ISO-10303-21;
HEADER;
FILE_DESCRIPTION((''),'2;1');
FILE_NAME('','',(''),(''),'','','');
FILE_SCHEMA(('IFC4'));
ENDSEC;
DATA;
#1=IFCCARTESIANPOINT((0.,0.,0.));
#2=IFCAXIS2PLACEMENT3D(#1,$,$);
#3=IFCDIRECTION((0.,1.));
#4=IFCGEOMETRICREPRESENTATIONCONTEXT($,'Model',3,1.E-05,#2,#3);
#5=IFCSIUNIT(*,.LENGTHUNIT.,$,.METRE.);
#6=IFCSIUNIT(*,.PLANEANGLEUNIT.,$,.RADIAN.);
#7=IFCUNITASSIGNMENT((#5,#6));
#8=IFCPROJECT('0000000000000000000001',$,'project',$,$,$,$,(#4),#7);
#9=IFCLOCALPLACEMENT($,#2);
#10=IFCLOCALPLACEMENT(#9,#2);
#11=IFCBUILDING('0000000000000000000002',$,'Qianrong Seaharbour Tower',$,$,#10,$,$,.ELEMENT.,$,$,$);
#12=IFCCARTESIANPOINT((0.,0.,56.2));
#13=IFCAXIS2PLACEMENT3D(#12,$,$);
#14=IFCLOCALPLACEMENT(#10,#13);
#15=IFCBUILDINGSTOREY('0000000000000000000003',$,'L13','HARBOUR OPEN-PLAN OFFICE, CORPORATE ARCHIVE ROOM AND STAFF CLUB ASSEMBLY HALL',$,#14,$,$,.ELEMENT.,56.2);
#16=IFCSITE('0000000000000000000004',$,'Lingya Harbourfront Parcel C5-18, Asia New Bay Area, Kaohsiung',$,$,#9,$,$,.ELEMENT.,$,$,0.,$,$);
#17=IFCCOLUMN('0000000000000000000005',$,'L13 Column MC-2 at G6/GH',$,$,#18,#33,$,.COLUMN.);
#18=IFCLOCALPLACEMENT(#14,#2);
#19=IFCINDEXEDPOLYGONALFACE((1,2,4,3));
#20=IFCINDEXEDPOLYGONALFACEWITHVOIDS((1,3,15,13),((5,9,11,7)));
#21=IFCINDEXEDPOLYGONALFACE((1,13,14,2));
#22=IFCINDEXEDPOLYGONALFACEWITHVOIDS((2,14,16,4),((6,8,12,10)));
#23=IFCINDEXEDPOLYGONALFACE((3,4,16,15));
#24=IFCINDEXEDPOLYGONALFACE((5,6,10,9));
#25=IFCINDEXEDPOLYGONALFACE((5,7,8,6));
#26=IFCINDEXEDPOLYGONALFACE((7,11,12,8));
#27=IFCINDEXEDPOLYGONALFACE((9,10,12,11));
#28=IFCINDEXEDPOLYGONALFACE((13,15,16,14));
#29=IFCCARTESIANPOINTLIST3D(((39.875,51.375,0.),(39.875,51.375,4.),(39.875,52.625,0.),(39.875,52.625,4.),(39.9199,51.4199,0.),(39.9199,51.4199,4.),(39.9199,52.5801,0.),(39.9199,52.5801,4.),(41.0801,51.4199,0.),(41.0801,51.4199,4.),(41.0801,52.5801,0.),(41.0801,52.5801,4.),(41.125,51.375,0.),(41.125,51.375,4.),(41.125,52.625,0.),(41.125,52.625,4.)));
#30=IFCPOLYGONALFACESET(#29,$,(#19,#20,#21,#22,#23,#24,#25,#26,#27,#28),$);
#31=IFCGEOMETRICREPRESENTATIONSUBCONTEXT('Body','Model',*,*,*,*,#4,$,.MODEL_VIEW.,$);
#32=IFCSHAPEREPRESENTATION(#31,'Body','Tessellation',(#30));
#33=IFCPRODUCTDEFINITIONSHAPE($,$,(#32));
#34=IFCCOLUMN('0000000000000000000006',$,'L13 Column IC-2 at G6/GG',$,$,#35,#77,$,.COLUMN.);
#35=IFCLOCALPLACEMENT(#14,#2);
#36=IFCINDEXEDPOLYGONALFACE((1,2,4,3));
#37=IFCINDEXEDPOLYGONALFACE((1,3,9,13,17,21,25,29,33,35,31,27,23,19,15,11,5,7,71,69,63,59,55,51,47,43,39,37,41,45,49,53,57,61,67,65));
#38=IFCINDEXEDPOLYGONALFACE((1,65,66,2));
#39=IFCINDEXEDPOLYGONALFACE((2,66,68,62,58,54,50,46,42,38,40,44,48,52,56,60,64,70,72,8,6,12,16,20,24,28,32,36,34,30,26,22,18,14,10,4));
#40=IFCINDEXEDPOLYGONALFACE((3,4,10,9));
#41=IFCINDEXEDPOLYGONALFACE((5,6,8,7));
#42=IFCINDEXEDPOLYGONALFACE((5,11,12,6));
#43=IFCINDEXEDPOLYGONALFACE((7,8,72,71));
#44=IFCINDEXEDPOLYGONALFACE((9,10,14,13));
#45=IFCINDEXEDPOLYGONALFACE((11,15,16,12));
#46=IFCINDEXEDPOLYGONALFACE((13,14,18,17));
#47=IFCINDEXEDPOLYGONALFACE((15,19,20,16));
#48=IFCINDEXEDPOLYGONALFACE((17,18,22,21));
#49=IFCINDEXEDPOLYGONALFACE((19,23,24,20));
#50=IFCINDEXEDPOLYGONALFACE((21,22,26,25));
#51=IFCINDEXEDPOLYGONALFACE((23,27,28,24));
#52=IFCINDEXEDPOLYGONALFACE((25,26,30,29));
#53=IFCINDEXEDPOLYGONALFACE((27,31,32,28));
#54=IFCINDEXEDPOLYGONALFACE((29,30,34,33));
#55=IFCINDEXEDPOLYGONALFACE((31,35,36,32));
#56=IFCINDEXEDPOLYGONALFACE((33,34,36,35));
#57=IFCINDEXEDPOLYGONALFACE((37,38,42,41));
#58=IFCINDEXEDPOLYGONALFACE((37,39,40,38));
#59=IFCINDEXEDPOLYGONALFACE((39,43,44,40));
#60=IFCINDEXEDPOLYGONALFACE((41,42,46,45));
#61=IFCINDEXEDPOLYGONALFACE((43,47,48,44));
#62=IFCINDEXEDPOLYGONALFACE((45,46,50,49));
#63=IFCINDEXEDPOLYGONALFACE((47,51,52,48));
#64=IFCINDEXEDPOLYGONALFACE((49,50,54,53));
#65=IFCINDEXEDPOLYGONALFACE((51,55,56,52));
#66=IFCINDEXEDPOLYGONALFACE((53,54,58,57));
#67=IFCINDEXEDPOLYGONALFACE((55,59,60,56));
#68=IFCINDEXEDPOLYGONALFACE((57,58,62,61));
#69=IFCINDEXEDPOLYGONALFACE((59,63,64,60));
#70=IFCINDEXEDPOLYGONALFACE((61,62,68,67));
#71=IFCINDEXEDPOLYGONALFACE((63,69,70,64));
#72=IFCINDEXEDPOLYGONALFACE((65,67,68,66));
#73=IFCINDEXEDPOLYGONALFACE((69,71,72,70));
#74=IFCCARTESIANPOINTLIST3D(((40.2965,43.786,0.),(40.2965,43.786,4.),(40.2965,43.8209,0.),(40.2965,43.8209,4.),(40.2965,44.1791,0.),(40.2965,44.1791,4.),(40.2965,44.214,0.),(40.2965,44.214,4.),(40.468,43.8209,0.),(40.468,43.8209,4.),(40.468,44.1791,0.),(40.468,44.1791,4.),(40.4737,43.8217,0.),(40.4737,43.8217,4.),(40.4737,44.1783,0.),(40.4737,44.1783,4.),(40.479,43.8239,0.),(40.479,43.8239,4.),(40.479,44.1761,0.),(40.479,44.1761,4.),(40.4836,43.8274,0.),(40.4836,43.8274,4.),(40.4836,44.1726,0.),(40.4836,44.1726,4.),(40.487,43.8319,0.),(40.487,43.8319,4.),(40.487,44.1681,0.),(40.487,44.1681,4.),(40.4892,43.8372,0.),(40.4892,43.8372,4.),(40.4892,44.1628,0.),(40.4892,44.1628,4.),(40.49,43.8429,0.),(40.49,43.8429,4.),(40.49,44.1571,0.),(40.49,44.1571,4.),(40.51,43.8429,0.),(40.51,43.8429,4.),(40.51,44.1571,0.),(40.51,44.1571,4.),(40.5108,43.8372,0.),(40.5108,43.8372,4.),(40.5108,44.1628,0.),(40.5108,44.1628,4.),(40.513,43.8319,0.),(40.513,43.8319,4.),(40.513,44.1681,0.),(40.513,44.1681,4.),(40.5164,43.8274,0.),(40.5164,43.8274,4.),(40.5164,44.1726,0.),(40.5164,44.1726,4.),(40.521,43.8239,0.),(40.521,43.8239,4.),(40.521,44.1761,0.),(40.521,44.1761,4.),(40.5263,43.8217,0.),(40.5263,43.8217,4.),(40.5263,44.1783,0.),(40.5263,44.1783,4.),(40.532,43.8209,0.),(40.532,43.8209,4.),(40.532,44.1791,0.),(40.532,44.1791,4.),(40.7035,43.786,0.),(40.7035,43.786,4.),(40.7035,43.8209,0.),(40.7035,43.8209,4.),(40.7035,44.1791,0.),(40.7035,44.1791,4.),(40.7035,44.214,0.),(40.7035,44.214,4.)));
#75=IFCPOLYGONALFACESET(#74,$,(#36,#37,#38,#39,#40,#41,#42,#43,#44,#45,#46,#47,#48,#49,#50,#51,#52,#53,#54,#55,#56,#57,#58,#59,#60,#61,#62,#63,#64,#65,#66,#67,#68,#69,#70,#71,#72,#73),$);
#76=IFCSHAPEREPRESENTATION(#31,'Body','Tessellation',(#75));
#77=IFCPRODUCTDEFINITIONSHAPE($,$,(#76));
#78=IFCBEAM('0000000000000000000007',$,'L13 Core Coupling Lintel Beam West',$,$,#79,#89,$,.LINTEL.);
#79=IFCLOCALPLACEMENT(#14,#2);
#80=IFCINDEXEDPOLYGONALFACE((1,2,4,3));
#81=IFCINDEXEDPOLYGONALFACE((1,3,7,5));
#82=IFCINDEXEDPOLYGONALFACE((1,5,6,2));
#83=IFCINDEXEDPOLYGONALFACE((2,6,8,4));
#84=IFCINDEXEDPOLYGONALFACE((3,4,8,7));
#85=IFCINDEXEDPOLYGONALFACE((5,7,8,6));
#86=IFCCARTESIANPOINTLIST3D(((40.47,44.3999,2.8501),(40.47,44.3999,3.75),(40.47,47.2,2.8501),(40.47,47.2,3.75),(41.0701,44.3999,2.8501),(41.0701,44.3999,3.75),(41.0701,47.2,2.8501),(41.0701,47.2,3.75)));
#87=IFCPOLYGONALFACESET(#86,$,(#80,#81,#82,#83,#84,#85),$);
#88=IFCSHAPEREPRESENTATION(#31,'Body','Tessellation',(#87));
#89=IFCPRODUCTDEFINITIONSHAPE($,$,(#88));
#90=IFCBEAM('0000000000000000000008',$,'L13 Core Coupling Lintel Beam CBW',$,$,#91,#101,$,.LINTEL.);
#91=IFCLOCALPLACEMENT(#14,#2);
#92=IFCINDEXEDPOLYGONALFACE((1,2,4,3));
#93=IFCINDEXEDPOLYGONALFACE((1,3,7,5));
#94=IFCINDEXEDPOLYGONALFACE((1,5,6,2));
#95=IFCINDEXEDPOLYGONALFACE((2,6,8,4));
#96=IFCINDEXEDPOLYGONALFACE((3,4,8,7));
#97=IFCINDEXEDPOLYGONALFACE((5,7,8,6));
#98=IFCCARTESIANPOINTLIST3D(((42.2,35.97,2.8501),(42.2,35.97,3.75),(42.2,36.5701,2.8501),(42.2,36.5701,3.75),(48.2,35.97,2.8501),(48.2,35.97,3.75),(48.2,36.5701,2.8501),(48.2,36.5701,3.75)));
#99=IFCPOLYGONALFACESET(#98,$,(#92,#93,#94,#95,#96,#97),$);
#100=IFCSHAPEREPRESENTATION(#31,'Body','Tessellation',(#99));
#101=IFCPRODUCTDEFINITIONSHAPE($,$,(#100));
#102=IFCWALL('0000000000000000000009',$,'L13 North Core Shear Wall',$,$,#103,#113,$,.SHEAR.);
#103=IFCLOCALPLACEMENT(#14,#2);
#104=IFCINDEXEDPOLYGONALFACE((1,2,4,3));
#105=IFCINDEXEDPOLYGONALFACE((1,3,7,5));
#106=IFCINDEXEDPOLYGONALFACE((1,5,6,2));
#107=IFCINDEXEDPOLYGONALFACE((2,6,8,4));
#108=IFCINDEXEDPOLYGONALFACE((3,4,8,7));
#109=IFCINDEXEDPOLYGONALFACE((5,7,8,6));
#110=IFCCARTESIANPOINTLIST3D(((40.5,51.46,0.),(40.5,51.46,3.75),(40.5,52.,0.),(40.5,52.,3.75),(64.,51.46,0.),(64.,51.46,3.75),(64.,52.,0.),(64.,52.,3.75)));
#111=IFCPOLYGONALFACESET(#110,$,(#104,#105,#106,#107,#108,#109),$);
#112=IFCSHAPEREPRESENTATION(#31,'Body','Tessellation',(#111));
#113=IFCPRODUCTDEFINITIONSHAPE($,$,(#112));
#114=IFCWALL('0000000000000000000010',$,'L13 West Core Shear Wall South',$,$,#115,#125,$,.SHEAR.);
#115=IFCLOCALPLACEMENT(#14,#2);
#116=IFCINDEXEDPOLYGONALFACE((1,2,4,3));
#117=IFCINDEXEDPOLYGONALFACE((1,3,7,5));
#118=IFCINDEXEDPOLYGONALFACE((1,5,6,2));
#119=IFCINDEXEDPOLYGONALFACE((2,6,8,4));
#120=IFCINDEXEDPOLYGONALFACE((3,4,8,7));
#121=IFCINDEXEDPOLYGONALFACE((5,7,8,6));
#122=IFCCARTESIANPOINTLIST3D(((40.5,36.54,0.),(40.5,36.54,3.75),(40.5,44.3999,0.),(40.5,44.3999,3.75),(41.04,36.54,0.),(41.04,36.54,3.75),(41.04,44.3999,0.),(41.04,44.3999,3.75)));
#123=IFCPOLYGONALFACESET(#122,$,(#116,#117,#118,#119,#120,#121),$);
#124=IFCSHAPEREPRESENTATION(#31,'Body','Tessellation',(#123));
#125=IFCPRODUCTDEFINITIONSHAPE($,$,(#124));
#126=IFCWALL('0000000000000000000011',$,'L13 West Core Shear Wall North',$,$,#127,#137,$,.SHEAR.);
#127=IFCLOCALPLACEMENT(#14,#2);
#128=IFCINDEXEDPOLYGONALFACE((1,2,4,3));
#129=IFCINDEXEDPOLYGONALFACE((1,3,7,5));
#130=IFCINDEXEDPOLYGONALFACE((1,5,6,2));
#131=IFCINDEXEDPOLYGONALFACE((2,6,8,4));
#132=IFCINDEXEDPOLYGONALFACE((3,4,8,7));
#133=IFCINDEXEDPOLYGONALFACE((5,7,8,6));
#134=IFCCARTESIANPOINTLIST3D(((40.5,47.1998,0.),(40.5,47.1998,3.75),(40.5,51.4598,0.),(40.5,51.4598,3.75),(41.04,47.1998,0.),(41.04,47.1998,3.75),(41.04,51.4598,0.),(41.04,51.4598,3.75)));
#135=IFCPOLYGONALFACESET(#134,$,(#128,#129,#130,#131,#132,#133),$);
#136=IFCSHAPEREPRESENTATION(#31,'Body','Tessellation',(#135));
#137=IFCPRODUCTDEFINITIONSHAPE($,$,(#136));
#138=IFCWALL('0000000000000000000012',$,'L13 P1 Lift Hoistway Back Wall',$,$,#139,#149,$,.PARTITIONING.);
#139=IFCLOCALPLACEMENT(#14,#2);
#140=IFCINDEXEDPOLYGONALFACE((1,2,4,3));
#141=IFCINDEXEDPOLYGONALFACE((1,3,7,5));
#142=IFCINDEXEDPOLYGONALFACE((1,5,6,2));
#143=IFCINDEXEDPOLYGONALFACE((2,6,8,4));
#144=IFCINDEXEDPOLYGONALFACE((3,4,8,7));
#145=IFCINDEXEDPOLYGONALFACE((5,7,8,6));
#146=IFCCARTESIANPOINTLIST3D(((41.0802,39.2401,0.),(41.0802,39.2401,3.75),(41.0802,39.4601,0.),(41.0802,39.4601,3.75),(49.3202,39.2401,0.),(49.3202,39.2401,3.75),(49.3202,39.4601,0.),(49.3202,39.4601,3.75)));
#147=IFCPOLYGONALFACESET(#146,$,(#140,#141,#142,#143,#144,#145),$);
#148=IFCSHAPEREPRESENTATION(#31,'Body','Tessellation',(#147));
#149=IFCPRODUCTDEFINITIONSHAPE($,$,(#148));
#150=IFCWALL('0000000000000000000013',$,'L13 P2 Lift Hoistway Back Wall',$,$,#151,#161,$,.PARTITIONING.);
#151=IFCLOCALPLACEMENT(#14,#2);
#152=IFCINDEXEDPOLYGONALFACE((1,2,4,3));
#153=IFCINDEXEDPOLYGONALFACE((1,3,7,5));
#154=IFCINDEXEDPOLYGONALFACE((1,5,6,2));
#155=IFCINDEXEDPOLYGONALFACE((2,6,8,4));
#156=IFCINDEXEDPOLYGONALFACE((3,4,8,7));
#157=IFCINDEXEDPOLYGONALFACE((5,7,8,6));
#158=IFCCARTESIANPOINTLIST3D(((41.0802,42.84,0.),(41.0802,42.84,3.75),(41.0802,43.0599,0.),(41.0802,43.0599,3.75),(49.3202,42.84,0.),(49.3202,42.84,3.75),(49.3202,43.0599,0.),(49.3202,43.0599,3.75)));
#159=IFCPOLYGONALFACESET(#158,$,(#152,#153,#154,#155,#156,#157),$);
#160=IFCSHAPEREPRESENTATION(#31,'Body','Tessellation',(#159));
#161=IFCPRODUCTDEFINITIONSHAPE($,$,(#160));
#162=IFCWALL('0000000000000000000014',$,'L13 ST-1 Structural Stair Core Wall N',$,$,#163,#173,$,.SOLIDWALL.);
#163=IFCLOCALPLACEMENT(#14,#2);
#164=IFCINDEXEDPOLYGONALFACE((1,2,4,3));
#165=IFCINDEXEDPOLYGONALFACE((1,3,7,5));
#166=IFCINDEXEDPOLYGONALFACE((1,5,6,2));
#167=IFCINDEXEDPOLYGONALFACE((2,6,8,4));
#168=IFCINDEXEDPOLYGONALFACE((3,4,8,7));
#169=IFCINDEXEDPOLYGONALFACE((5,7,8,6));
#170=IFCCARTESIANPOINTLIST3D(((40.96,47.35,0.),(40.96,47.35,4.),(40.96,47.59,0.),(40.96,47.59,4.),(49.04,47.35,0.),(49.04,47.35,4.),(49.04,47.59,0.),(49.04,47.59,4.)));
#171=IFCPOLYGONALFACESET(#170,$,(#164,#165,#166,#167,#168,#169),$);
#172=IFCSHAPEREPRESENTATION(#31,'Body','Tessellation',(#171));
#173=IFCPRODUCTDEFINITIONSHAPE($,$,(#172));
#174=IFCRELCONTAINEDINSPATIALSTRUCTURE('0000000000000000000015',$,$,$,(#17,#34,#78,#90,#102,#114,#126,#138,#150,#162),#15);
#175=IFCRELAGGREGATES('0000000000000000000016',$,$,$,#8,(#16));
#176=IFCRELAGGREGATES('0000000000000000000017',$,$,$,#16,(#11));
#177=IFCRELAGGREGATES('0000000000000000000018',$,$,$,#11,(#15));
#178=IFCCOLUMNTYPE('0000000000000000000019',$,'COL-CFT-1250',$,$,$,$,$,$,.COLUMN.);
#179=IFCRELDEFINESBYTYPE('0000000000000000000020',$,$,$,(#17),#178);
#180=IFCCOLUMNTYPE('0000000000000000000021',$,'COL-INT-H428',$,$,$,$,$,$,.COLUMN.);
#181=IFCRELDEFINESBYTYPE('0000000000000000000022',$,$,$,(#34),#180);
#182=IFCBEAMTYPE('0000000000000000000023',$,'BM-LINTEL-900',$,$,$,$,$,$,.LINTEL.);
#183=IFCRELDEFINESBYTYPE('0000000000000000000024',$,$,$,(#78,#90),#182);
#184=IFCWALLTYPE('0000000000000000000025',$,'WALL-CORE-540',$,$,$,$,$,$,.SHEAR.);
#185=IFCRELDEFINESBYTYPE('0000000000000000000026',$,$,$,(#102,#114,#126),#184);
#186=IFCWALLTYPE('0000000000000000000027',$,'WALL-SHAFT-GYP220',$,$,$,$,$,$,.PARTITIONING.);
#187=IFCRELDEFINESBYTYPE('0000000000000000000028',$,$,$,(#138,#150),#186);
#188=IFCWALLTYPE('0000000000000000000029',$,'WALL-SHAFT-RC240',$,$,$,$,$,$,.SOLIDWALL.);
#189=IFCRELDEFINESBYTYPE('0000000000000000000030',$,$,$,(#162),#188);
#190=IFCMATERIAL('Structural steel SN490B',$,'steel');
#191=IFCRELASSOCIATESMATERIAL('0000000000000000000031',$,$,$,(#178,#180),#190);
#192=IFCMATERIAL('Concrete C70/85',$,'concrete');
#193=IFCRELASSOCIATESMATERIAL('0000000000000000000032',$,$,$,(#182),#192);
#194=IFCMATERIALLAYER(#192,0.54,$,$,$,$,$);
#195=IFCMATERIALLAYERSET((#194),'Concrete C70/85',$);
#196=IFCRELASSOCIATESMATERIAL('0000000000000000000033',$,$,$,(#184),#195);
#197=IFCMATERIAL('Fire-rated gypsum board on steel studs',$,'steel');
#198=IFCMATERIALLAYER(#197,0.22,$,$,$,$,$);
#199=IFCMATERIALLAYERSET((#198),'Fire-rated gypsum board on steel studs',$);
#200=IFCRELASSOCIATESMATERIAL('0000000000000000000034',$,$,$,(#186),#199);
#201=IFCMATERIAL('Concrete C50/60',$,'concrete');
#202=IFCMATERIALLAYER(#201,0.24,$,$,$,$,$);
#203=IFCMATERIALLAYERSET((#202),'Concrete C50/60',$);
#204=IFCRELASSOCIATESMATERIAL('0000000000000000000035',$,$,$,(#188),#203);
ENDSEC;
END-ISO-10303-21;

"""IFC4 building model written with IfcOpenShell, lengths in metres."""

from ifc_helpers import new_model, si_unit, direction, frame, frame_2d, origin, origin_2d, place, context, subcontext, project, spatial, rectangle, hollow_rectangle, i_section, extrude, material, layer, layer_set, material_profile, profile_set, type_object, element, save


model = new_model("IFC4")

# Units and contexts
model_context = context("Model", 3, precision=1e-05, world=origin(), true_north=direction((0.0, 1.0)))
body_context = subcontext(model_context, "Body", "Model", "MODEL_VIEW")
ifc_project = project(units=[si_unit("LENGTHUNIT", "METRE"), si_unit("PLANEANGLEUNIT", "RADIAN")], contexts=[model_context])

# Site, building, storey
site_placement = place(None, origin())
site = spatial("IfcSite", under=ifc_project, at=site_placement, Name="Lingya Harbourfront Parcel C5-18, Asia New Bay Area, Kaohsiung", CompositionType="ELEMENT", RefElevation=0.0)
building_placement = place(site_placement, origin())
building = spatial("IfcBuilding", under=site, at=building_placement, Name="Qianrong Seaharbour Tower", CompositionType="ELEMENT")
storey_placement = place(building_placement, frame((0.0, 0.0, 56.2)))
storey = spatial("IfcBuildingStorey", under=building, at=storey_placement, Name="L13", Description="HARBOUR OPEN-PLAN OFFICE, CORPORATE ARCHIVE ROOM AND STAFF CLUB ASSEMBLY HALL", CompositionType="ELEMENT", Elevation=56.2)

# Columns
ifc_material_1 = material(Name="Structural steel SN490B", Category="steel")
ifc_material_profile_1 = material_profile(ifc_material_1, hollow_rectangle(XDim=1.25, YDim=1.25, WallThickness=0.0449, at=origin_2d()), Name="BOX1250x1250x45")
ifc_profile_set_1 = profile_set([ifc_material_profile_1], Name="Structural steel SN490B")
column_type_1 = type_object("IfcColumnType", Name="COL-CFT-1250", PredefinedType="COLUMN", material=ifc_profile_set_1)
column_1_placement = place(storey_placement, frame((40.5, 52.0, 0.0), z_axis=(0.0, 0.0, 1.0), x_axis=(1.0, 0.0, 0.0)))
element("IfcColumn", 1, at=column_1_placement, inside=storey, type_object=column_type_1, Name="L13 Column MC-2 at G6/GH", PredefinedType="COLUMN", context=body_context, shape_type="SweptSolid", body=[
    extrude(hollow_rectangle(XDim=1.25, YDim=1.25, WallThickness=0.0449, at=origin_2d()), origin(), (0.0, 0.0, 1.0), 4.0),
])
ifc_material_profile_2 = material_profile(ifc_material_1, i_section(OverallWidth=0.407, OverallDepth=0.428, WebThickness=0.02, FlangeThickness=0.0349, FilletRadius=0.022, at=origin_2d()), Name="H428x407x20x35")
ifc_profile_set_2 = profile_set([ifc_material_profile_2], Name="Structural steel SN490B")
column_type_2 = type_object("IfcColumnType", Name="COL-INT-H428", PredefinedType="COLUMN", material=ifc_profile_set_2)
column_2_placement = place(storey_placement, frame((40.5, 44.0, 0.0), z_axis=(0.0, 0.0, 1.0), x_axis=(1.0, 0.0, 0.0)))
element("IfcColumn", 2, at=column_2_placement, inside=storey, type_object=column_type_2, Name="L13 Column IC-2 at G6/GG", PredefinedType="COLUMN", context=body_context, shape_type="SweptSolid", body=[
    extrude(i_section(OverallWidth=0.407, OverallDepth=0.428, WebThickness=0.02, FlangeThickness=0.0349, FilletRadius=0.022, at=origin_2d()), origin(), (0.0, 0.0, 1.0), 4.0),
])

# Beams
ifc_material_2 = material(Name="Concrete C70/85", Category="concrete")
ifc_material_profile_3 = material_profile(ifc_material_2, rectangle(XDim=0.6001, YDim=0.8999, at=origin_2d()), Name="RC600x900")
ifc_profile_set_3 = profile_set([ifc_material_profile_3], Name="Concrete C70/85")
beam_type = type_object("IfcBeamType", Name="BM-LINTEL-900", PredefinedType="LINTEL", material=ifc_profile_set_3)
beam_1_placement = place(storey_placement, frame((40.77, 44.3999, 3.3), z_axis=(0.0, 1.0, 0.0), x_axis=(-1.0, 0.0, 0.0)))
element("IfcBeam", 3, at=beam_1_placement, inside=storey, type_object=beam_type, Name="L13 Core Coupling Lintel Beam West", PredefinedType="LINTEL", context=body_context, shape_type="SweptSolid", body=[
    extrude(rectangle(XDim=0.6001, YDim=0.8999, at=origin_2d()), origin(), (0.0, 0.0, 1.0), 2.8),
])
beam_2_placement = place(storey_placement, frame((42.2, 36.27, 3.3), z_axis=(1.0, 0.0, 0.0), x_axis=(0.0, 1.0, 0.0)))
element("IfcBeam", 4, at=beam_2_placement, inside=storey, type_object=beam_type, Name="L13 Core Coupling Lintel Beam CBW", PredefinedType="LINTEL", context=body_context, shape_type="SweptSolid", body=[
    extrude(rectangle(XDim=0.6001, YDim=0.8999, at=origin_2d()), origin(), (0.0, 0.0, 1.0), 6.0),
])

# Walls
ifc_layer_1 = layer(ifc_material_2, 0.54)
ifc_layer_set_1 = layer_set([ifc_layer_1], Name="Concrete C70/85")
wall_type_1 = type_object("IfcWallType", Name="WALL-CORE-540", PredefinedType="SHEAR", material=ifc_layer_set_1)
wall_1_placement = place(storey_placement, frame((40.5, 51.73, 0.0), z_axis=(0.0, 0.0, 1.0), x_axis=(1.0, 0.0, 0.0)))
element("IfcWall", 5, at=wall_1_placement, inside=storey, type_object=wall_type_1, Name="L13 North Core Shear Wall", PredefinedType="SHEAR", context=body_context, shape_type="SweptSolid", body=[
    extrude(rectangle(XDim=23.5, YDim=0.54, at=frame_2d((11.75, 0.0))), origin(), (0.0, 0.0, 1.0), 3.75),
])
wall_2_placement = place(storey_placement, frame((40.77, 36.54, 0.0), z_axis=(0.0, 0.0, 1.0), x_axis=(0.0, 1.0, 0.0)))
element("IfcWall", 6, at=wall_2_placement, inside=storey, type_object=wall_type_1, Name="L13 West Core Shear Wall South", PredefinedType="SHEAR", context=body_context, shape_type="SweptSolid", body=[
    extrude(rectangle(XDim=7.8599, YDim=0.54, at=frame_2d((3.9299, 0.0))), origin(), (0.0, 0.0, 1.0), 3.75),
])
wall_3_placement = place(storey_placement, frame((40.77, 47.2, 0.0), z_axis=(0.0, 0.0, 1.0), x_axis=(0.0, 1.0, 0.0)))
element("IfcWall", 7, at=wall_3_placement, inside=storey, type_object=wall_type_1, Name="L13 West Core Shear Wall North", PredefinedType="SHEAR", context=body_context, shape_type="SweptSolid", body=[
    extrude(rectangle(XDim=4.26, YDim=0.54, at=frame_2d((2.1299, 0.0))), origin(), (0.0, 0.0, 1.0), 3.75),
])

# Walls
ifc_material_3 = material(Name="Fire-rated gypsum board on steel studs", Category="steel")
ifc_layer_2 = layer(ifc_material_3, 0.22)
ifc_layer_set_2 = layer_set([ifc_layer_2], Name="Fire-rated gypsum board on steel studs")
wall_type_2 = type_object("IfcWallType", Name="WALL-SHAFT-GYP220", PredefinedType="PARTITIONING", material=ifc_layer_set_2)
for number, where, z_axis, x_axis, name in (
    (8, (41.0801, 39.3501, 0.0), (0.0, 0.0, 1.0), (1.0, 0.0, 0.0), "L13 P1 Lift Hoistway Back Wall"),
    (9, (41.0801, 42.95, 0.0), (0.0, 0.0, 1.0), (1.0, 0.0, 0.0), "L13 P2 Lift Hoistway Back Wall"),
):
    element("IfcWall", number, at=place(storey_placement, frame(where, z_axis=z_axis, x_axis=x_axis)), inside=storey, type_object=wall_type_2, Name=name, PredefinedType="PARTITIONING", context=body_context, shape_type="SweptSolid", body=[
        extrude(rectangle(XDim=8.24, YDim=0.22, at=frame_2d((4.1201, 0.0))), origin(), (0.0, 0.0, 1.0), 3.75),
    ])
ifc_material_4 = material(Name="Concrete C50/60", Category="concrete")
ifc_layer_3 = layer(ifc_material_4, 0.24)
ifc_layer_set_3 = layer_set([ifc_layer_3], Name="Concrete C50/60")
wall_type_3 = type_object("IfcWallType", Name="WALL-SHAFT-RC240", PredefinedType="SOLIDWALL", material=ifc_layer_set_3)
wall_4_placement = place(storey_placement, frame((40.96, 47.47, 0.0), z_axis=(0.0, 0.0, 1.0), x_axis=(1.0, 0.0, 0.0)))
element("IfcWall", 10, at=wall_4_placement, inside=storey, type_object=wall_type_3, Name="L13 ST-1 Structural Stair Core Wall N", PredefinedType="SOLIDWALL", context=body_context, shape_type="SweptSolid", body=[
    extrude(rectangle(XDim=8.0801, YDim=0.24, at=frame_2d((4.04, 0.0))), origin(), (0.0, 0.0, 1.0), 4.0),
])

save(model, "model.ifc")
